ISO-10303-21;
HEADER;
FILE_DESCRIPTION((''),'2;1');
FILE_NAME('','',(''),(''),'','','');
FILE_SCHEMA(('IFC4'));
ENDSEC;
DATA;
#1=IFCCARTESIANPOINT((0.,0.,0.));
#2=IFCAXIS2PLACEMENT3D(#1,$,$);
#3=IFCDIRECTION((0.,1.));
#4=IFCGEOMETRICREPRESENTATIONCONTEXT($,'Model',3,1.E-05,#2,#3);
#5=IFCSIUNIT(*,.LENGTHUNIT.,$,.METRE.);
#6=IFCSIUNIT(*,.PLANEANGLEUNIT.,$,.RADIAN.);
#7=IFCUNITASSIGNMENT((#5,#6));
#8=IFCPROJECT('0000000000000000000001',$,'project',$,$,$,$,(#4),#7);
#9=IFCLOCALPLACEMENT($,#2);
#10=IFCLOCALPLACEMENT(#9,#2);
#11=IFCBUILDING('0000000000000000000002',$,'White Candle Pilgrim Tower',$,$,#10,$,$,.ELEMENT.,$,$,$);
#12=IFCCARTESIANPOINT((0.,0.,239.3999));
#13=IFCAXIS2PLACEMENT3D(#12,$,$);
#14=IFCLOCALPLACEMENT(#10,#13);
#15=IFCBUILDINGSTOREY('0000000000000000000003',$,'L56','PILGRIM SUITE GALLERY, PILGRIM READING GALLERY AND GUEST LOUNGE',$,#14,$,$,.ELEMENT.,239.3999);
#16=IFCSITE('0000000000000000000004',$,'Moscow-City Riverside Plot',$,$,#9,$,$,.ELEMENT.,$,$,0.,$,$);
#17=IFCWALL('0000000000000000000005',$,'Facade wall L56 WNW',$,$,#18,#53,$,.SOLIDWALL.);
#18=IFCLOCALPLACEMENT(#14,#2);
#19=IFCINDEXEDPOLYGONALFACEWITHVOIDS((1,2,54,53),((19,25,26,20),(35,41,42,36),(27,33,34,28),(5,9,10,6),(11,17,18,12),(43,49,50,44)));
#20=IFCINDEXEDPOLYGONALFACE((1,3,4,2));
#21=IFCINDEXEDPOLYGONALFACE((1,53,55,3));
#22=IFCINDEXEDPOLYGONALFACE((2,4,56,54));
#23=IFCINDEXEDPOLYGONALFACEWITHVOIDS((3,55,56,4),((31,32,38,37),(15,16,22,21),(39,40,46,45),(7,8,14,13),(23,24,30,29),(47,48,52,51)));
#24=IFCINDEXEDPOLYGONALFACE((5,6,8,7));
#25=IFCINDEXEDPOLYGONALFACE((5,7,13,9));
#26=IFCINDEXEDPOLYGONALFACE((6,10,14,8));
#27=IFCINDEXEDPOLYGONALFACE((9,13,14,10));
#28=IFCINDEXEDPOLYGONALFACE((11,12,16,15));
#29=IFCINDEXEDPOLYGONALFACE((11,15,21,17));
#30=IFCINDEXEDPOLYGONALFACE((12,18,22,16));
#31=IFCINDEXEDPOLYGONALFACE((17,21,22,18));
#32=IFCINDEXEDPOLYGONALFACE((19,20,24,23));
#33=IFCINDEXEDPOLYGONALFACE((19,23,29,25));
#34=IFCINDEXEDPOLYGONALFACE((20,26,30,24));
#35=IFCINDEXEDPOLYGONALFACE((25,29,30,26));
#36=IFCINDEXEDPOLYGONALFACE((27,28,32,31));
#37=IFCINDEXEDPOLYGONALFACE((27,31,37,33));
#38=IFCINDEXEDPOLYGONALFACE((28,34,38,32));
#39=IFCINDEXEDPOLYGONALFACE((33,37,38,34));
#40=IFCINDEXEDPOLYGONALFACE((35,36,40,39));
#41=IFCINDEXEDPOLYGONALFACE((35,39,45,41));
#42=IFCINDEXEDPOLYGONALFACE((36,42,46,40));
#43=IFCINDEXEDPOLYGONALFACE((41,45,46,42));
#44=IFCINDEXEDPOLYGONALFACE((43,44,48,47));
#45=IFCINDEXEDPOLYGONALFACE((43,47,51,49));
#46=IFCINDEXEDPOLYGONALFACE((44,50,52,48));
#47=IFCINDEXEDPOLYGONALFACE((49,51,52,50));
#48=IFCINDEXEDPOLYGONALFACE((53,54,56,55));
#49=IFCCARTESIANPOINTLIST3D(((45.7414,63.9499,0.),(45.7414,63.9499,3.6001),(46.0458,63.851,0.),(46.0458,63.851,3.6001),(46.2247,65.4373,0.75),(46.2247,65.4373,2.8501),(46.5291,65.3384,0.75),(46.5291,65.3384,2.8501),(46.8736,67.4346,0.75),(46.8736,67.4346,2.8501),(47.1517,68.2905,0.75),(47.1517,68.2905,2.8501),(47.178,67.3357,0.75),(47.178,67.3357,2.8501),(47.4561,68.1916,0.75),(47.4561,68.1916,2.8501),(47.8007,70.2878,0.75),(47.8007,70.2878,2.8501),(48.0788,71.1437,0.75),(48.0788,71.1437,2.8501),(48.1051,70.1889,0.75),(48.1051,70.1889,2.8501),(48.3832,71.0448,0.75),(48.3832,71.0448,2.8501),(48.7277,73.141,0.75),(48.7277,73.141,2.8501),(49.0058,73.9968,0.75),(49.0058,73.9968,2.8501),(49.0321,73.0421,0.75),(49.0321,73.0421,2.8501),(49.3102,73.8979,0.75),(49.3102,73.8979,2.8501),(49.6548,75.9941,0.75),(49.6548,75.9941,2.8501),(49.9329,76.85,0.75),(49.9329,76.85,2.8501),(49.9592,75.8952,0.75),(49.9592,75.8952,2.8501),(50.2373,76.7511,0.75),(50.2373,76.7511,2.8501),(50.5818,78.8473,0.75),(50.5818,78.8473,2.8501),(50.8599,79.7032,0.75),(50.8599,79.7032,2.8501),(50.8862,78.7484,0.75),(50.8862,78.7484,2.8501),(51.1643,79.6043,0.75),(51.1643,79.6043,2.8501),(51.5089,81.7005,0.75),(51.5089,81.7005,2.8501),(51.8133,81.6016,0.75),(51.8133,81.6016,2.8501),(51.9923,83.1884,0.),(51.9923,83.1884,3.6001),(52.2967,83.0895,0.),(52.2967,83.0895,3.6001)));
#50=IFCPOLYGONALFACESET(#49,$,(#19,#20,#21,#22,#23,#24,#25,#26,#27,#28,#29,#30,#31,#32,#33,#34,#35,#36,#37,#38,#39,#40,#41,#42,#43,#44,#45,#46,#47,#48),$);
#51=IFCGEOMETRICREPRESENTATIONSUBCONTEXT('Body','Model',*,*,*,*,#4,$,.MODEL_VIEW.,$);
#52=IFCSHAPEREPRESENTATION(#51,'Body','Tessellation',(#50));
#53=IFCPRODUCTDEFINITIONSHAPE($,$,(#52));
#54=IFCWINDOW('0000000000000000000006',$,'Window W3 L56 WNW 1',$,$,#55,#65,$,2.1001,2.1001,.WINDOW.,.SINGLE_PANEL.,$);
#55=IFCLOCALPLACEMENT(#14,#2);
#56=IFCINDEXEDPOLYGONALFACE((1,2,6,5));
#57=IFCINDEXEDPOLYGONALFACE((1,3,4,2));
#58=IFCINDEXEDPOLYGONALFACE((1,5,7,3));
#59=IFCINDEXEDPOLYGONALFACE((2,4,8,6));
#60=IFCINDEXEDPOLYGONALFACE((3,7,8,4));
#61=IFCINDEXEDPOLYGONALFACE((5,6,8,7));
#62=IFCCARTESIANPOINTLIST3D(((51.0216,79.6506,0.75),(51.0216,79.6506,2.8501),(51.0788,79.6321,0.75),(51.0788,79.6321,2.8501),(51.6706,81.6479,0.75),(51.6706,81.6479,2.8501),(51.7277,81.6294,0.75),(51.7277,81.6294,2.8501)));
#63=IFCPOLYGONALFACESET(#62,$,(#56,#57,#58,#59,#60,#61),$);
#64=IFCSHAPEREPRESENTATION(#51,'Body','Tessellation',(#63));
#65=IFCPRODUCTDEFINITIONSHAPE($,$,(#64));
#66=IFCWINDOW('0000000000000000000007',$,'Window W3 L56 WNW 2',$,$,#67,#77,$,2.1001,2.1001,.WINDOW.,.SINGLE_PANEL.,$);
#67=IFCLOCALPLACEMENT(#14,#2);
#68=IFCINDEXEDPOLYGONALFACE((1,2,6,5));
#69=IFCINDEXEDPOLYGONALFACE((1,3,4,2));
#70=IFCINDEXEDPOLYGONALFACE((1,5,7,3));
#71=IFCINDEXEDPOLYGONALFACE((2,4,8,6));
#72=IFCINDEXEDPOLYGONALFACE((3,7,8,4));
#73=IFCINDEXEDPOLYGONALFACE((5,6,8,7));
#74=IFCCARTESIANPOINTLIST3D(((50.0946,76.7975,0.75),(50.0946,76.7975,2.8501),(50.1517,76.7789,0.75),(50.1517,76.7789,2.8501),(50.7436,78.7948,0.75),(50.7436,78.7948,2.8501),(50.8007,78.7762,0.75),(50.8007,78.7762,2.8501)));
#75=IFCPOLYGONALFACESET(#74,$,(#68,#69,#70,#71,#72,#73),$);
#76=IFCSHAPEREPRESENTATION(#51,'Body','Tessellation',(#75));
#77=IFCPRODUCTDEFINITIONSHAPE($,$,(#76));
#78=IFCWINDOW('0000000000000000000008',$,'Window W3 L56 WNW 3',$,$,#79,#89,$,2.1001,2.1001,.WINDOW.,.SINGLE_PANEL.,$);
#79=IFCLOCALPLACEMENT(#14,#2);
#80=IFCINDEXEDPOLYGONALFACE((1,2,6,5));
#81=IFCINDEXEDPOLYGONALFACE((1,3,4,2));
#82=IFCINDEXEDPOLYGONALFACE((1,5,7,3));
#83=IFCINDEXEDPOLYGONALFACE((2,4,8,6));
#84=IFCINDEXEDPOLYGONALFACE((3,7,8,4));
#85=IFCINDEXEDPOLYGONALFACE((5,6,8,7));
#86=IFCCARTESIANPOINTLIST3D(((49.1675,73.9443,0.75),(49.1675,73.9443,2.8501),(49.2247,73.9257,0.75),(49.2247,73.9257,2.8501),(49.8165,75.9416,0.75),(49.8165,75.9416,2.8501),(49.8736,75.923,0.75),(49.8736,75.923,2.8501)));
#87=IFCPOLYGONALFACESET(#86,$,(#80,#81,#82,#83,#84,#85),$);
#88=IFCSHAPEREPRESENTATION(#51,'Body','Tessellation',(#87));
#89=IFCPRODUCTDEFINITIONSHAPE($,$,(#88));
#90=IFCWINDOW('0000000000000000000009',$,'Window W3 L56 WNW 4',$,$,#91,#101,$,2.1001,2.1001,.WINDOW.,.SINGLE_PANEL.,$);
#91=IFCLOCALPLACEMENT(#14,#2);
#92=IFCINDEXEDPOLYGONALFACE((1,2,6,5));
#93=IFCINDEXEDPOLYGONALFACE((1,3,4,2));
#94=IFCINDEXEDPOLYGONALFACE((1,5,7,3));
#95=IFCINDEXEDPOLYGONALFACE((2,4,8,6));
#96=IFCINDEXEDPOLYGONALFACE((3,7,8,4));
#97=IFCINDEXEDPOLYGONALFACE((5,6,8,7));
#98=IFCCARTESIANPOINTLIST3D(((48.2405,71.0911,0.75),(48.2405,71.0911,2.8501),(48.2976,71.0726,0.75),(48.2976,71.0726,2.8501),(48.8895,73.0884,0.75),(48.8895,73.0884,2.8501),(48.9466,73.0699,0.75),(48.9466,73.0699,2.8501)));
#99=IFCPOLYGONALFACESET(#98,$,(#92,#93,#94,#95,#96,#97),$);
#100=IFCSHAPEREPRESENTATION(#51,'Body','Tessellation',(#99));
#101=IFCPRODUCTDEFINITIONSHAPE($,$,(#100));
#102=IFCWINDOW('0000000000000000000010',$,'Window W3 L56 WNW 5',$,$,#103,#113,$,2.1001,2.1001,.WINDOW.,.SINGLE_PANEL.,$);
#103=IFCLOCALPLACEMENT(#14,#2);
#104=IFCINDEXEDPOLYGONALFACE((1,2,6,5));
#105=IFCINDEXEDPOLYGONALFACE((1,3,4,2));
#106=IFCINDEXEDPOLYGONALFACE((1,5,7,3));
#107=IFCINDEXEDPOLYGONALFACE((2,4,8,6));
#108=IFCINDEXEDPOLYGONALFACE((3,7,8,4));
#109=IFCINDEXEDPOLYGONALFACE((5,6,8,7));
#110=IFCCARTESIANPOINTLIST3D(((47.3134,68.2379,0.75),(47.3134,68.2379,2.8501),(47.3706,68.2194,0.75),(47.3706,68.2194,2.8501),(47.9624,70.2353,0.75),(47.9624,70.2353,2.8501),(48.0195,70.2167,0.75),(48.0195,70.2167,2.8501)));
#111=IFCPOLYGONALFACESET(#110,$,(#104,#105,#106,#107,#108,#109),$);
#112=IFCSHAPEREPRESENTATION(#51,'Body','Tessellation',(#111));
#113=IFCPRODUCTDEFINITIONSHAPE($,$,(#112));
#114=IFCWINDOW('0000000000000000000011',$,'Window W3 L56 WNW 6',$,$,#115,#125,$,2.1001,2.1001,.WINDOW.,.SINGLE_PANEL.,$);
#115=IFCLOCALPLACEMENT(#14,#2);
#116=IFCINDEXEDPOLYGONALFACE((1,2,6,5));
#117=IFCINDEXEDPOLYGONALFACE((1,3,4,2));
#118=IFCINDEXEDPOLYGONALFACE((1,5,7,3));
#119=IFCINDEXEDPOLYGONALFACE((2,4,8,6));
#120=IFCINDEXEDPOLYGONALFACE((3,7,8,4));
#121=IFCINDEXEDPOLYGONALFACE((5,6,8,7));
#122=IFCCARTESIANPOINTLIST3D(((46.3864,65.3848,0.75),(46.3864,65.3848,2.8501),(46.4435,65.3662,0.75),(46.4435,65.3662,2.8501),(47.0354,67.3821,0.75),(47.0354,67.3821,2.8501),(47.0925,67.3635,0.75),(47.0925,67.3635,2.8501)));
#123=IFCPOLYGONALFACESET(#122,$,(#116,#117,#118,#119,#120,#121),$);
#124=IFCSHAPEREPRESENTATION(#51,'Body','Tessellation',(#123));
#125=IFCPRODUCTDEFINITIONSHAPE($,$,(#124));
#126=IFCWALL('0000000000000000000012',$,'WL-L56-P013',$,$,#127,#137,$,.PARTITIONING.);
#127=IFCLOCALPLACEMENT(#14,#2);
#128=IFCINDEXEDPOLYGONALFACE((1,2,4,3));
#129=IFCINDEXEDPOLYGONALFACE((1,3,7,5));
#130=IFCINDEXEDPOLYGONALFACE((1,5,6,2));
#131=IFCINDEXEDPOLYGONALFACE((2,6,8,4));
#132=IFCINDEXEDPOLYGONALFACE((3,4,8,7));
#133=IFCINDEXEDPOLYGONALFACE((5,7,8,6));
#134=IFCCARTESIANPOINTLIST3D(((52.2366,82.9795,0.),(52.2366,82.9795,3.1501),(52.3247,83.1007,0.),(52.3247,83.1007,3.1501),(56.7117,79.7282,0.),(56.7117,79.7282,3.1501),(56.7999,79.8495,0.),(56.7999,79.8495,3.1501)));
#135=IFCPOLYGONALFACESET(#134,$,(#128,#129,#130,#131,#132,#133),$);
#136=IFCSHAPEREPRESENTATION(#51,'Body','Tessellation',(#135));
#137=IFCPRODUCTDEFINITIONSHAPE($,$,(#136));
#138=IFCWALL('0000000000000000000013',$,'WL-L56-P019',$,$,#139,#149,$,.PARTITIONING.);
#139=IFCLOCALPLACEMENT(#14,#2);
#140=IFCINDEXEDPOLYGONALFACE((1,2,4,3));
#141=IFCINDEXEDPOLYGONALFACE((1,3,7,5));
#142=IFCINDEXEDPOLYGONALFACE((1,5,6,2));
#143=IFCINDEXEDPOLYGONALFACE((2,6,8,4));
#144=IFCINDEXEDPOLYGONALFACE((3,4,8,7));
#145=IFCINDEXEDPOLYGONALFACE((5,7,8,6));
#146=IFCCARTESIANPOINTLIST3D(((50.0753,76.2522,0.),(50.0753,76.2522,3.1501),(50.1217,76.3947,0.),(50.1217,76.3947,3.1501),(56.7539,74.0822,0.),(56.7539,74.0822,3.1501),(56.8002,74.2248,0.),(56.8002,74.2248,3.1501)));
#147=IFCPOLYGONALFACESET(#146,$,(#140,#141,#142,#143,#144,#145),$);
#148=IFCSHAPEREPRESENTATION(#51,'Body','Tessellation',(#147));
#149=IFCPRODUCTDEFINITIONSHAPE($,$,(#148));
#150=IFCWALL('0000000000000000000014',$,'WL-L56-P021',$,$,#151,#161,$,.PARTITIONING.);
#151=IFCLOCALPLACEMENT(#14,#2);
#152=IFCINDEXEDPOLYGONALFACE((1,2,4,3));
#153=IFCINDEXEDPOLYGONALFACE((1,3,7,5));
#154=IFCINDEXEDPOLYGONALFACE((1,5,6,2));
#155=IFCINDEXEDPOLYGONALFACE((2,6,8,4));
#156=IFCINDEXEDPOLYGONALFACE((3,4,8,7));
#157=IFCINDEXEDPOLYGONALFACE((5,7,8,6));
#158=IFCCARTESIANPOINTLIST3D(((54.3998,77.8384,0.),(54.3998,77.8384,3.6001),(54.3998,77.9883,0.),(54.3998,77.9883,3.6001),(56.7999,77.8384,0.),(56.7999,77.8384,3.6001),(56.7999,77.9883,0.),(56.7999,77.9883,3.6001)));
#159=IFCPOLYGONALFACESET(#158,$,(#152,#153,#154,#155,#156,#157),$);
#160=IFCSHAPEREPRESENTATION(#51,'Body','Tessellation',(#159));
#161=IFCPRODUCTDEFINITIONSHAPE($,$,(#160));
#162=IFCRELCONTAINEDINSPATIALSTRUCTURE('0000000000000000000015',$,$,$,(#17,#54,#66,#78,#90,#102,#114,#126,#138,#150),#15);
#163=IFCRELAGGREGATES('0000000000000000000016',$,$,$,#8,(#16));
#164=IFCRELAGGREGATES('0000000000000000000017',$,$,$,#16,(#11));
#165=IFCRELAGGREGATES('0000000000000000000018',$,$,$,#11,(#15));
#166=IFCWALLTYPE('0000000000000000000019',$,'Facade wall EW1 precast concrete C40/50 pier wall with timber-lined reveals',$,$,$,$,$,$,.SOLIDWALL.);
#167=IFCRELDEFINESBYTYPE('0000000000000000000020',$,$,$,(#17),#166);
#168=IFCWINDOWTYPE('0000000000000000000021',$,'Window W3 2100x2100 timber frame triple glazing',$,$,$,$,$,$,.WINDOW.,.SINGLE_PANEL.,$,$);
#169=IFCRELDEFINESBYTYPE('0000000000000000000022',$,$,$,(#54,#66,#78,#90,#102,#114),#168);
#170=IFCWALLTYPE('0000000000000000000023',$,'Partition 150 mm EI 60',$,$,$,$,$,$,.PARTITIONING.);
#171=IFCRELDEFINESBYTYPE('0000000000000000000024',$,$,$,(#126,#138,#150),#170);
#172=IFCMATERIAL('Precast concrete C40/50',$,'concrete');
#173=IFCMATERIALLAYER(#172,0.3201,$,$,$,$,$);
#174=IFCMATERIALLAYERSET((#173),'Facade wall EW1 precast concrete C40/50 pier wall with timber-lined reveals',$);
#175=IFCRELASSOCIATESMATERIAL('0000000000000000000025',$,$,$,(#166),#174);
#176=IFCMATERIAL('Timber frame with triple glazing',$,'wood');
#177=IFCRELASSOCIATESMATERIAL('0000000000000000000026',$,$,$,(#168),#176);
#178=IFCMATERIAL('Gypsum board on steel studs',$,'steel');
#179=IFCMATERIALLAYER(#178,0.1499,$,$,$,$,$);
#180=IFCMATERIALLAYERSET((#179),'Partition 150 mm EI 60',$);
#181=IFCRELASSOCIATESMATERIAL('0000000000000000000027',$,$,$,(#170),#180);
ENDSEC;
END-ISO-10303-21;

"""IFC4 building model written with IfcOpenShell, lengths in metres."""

from ifc_helpers import new_model, si_unit, direction, frame, frame_2d, origin, place, context, subcontext, project, spatial, rectangle, extrude, material, layer, layer_set, type_object, element, fill, save


model = new_model("IFC4")

# Units and contexts
model_context = context("Model", 3, precision=1e-05, world=origin(), true_north=direction((0.0, 1.0)))
body_context = subcontext(model_context, "Body", "Model", "MODEL_VIEW")
ifc_project = project(units=[si_unit("LENGTHUNIT", "METRE"), si_unit("PLANEANGLEUNIT", "RADIAN")], contexts=[model_context])

# Site, building, storey
site_placement = place(None, origin())
site = spatial("IfcSite", under=ifc_project, at=site_placement, Name="Moscow-City Riverside Plot", CompositionType="ELEMENT", RefElevation=0.0)
building_placement = place(site_placement, origin())
building = spatial("IfcBuilding", under=site, at=building_placement, Name="White Candle Pilgrim Tower", CompositionType="ELEMENT")
storey_placement = place(building_placement, frame((0.0, 0.0, 239.3999)))
storey = spatial("IfcBuildingStorey", under=building, at=storey_placement, Name="L56", Description="PILGRIM SUITE GALLERY, PILGRIM READING GALLERY AND GUEST LOUNGE", CompositionType="ELEMENT", Elevation=239.3999)

# Shared definitions
ifc_material_1 = material(Name="Precast concrete C40/50", Category="concrete")
ifc_layer_1 = layer(ifc_material_1, 0.3201)
ifc_layer_set_1 = layer_set([ifc_layer_1], Name="Facade wall EW1 precast concrete C40/50 pier wall with timber-lined reveals")
wall_type_1 = type_object("IfcWallType", Name="Facade wall EW1 precast concrete C40/50 pier wall with timber-lined reveals", PredefinedType="SOLIDWALL", material=ifc_layer_set_1)
ifc_material_2 = material(Name="Timber frame with triple glazing", Category="wood")

# Wall, openings, windows
wall_1_placement = place(storey_placement, frame((52.1445, 83.1389, 0.0), z_axis=(0.0, 0.0, 1.0), x_axis=(-0.309017, -0.951057, 0.0)))
wall_1 = element("IfcWall", 1, at=wall_1_placement, inside=storey, type_object=wall_type_1, Name="Facade wall L56 WNW", PredefinedType="SOLIDWALL", context=body_context, shape_type="SweptSolid", body=[
    extrude(rectangle(XDim=20.2285, YDim=0.3201, at=frame_2d((10.1143, 0.0))), origin(), (0.0, 0.0, 1.0), 3.6001),
])
opening_1_placement = place(wall_1_placement, frame((1.5645, 0.0, 0.75)))
opening_1 = element("IfcOpeningElement", 2, at=opening_1_placement, cuts=wall_1, PredefinedType="OPENING", context=body_context, shape_type="SweptSolid", body=[
    extrude(rectangle(XDim=2.1001, YDim=2.1001, at=frame_2d((1.05, 1.05))), frame((0.0, 0.1699, 0.0), z_axis=(0.0, -1.0, 0.0), x_axis=(1.0, 0.0, 0.0)), (0.0, 0.0, 1.0), 0.3401),
])
opening_2_placement = place(wall_1_placement, frame((4.5645, 0.0, 0.75)))
opening_2 = element("IfcOpeningElement", 3, at=opening_2_placement, cuts=wall_1, PredefinedType="OPENING", context=body_context, shape_type="SweptSolid", body=[
    extrude(rectangle(XDim=2.1001, YDim=2.1001, at=frame_2d((1.05, 1.05))), frame((0.0, 0.1699, 0.0), z_axis=(0.0, -1.0, 0.0), x_axis=(1.0, 0.0, 0.0)), (0.0, 0.0, 1.0), 0.3401),
])
opening_3_placement = place(wall_1_placement, frame((7.5645, 0.0, 0.75)))
opening_3 = element("IfcOpeningElement", 4, at=opening_3_placement, cuts=wall_1, PredefinedType="OPENING", context=body_context, shape_type="SweptSolid", body=[
    extrude(rectangle(XDim=2.1001, YDim=2.1001, at=frame_2d((1.05, 1.05))), frame((0.0, 0.1699, 0.0), z_axis=(0.0, -1.0, 0.0), x_axis=(1.0, 0.0, 0.0)), (0.0, 0.0, 1.0), 0.3401),
])
opening_4_placement = place(wall_1_placement, frame((10.5645, 0.0, 0.75)))
opening_4 = element("IfcOpeningElement", 5, at=opening_4_placement, cuts=wall_1, PredefinedType="OPENING", context=body_context, shape_type="SweptSolid", body=[
    extrude(rectangle(XDim=2.1001, YDim=2.1001, at=frame_2d((1.05, 1.05))), frame((0.0, 0.1699, 0.0), z_axis=(0.0, -1.0, 0.0), x_axis=(1.0, 0.0, 0.0)), (0.0, 0.0, 1.0), 0.3401),
])
opening_5_placement = place(wall_1_placement, frame((13.5645, 0.0, 0.75)))
opening_5 = element("IfcOpeningElement", 6, at=opening_5_placement, cuts=wall_1, PredefinedType="OPENING", context=body_context, shape_type="SweptSolid", body=[
    extrude(rectangle(XDim=2.1001, YDim=2.1001, at=frame_2d((1.05, 1.05))), frame((0.0, 0.1699, 0.0), z_axis=(0.0, -1.0, 0.0), x_axis=(1.0, 0.0, 0.0)), (0.0, 0.0, 1.0), 0.3401),
])
opening_6_placement = place(wall_1_placement, frame((16.5645, 0.0, 0.75)))
opening_6 = element("IfcOpeningElement", 7, at=opening_6_placement, cuts=wall_1, PredefinedType="OPENING", context=body_context, shape_type="SweptSolid", body=[
    extrude(rectangle(XDim=2.1001, YDim=2.1001, at=frame_2d((1.05, 1.05))), frame((0.0, 0.1699, 0.0), z_axis=(0.0, -1.0, 0.0), x_axis=(1.0, 0.0, 0.0)), (0.0, 0.0, 1.0), 0.3401),
])
window_type_1 = type_object("IfcWindowType", Name="Window W3 2100x2100 timber frame triple glazing", PartitioningType="SINGLE_PANEL", PredefinedType="WINDOW", material=ifc_material_2)
window_1_placement = place(opening_1_placement, origin())
window_1 = element("IfcWindow", 8, at=window_1_placement, inside=storey, type_object=window_type_1, Name="Window W3 L56 WNW 1", OverallHeight=2.1001, OverallWidth=2.1001, PartitioningType="SINGLE_PANEL", PredefinedType="WINDOW", context=body_context, shape_type="SweptSolid", body=[
    extrude(rectangle(XDim=2.1001, YDim=2.1001, at=frame_2d((1.05, 1.05))), frame((0.0, 0.0701, 0.0), z_axis=(0.0, -1.0, 0.0), x_axis=(1.0, 0.0, 0.0)), (0.0, 0.0, 1.0), 0.0601),
])
fill(opening_1, window_1)
window_2_placement = place(opening_2_placement, origin())
window_2 = element("IfcWindow", 9, at=window_2_placement, inside=storey, type_object=window_type_1, Name="Window W3 L56 WNW 2", OverallHeight=2.1001, OverallWidth=2.1001, PartitioningType="SINGLE_PANEL", PredefinedType="WINDOW", context=body_context, shape_type="SweptSolid", body=[
    extrude(rectangle(XDim=2.1001, YDim=2.1001, at=frame_2d((1.05, 1.05))), frame((0.0, 0.0701, 0.0), z_axis=(0.0, -1.0, 0.0), x_axis=(1.0, 0.0, 0.0)), (0.0, 0.0, 1.0), 0.0601),
])
fill(opening_2, window_2)
window_3_placement = place(opening_3_placement, origin())
window_3 = element("IfcWindow", 10, at=window_3_placement, inside=storey, type_object=window_type_1, Name="Window W3 L56 WNW 3", OverallHeight=2.1001, OverallWidth=2.1001, PartitioningType="SINGLE_PANEL", PredefinedType="WINDOW", context=body_context, shape_type="SweptSolid", body=[
    extrude(rectangle(XDim=2.1001, YDim=2.1001, at=frame_2d((1.05, 1.05))), frame((0.0, 0.0701, 0.0), z_axis=(0.0, -1.0, 0.0), x_axis=(1.0, 0.0, 0.0)), (0.0, 0.0, 1.0), 0.0601),
])
fill(opening_3, window_3)
window_4_placement = place(opening_4_placement, origin())
window_4 = element("IfcWindow", 11, at=window_4_placement, inside=storey, type_object=window_type_1, Name="Window W3 L56 WNW 4", OverallHeight=2.1001, OverallWidth=2.1001, PartitioningType="SINGLE_PANEL", PredefinedType="WINDOW", context=body_context, shape_type="SweptSolid", body=[
    extrude(rectangle(XDim=2.1001, YDim=2.1001, at=frame_2d((1.05, 1.05))), frame((0.0, 0.0701, 0.0), z_axis=(0.0, -1.0, 0.0), x_axis=(1.0, 0.0, 0.0)), (0.0, 0.0, 1.0), 0.0601),
])
fill(opening_4, window_4)
window_5_placement = place(opening_5_placement, origin())
window_5 = element("IfcWindow", 12, at=window_5_placement, inside=storey, type_object=window_type_1, Name="Window W3 L56 WNW 5", OverallHeight=2.1001, OverallWidth=2.1001, PartitioningType="SINGLE_PANEL", PredefinedType="WINDOW", context=body_context, shape_type="SweptSolid", body=[
    extrude(rectangle(XDim=2.1001, YDim=2.1001, at=frame_2d((1.05, 1.05))), frame((0.0, 0.0701, 0.0), z_axis=(0.0, -1.0, 0.0), x_axis=(1.0, 0.0, 0.0)), (0.0, 0.0, 1.0), 0.0601),
])
fill(opening_5, window_5)
window_6_placement = place(opening_6_placement, origin())
window_6 = element("IfcWindow", 13, at=window_6_placement, inside=storey, type_object=window_type_1, Name="Window W3 L56 WNW 6", OverallHeight=2.1001, OverallWidth=2.1001, PartitioningType="SINGLE_PANEL", PredefinedType="WINDOW", context=body_context, shape_type="SweptSolid", body=[
    extrude(rectangle(XDim=2.1001, YDim=2.1001, at=frame_2d((1.05, 1.05))), frame((0.0, 0.0701, 0.0), z_axis=(0.0, -1.0, 0.0), x_axis=(1.0, 0.0, 0.0)), (0.0, 0.0, 1.0), 0.0601),
])
fill(opening_6, window_6)

# Walls
ifc_material_3 = material(Name="Gypsum board on steel studs", Category="steel")
ifc_layer_2 = layer(ifc_material_3, 0.1499)
ifc_layer_set_2 = layer_set([ifc_layer_2], Name="Partition 150 mm EI 60")
wall_type_2 = type_object("IfcWallType", Name="Partition 150 mm EI 60", PredefinedType="PARTITIONING", material=ifc_layer_set_2)
wall_2_placement = place(storey_placement, frame((52.2808, 83.04, 0.0), z_axis=(0.0, 0.0, 1.0), x_axis=(0.809028, -0.58777, 0.0)))
element("IfcWall", 14, at=wall_2_placement, inside=storey, type_object=wall_type_2, Name="WL-L56-P013", PredefinedType="PARTITIONING", context=body_context, shape_type="SweptSolid", body=[
    extrude(rectangle(XDim=5.5315, YDim=0.1499, at=frame_2d((2.7656, 0.0))), origin(), (0.0, 0.0, 1.0), 3.1501),
])
wall_3_placement = place(storey_placement, frame((50.0984, 76.3235, 0.0), z_axis=(0.0, 0.0, 1.0), x_axis=(0.951058, -0.309011, 0.0)))
element("IfcWall", 15, at=wall_3_placement, inside=storey, type_object=wall_type_2, Name="WL-L56-P019", PredefinedType="PARTITIONING", context=body_context, shape_type="SweptSolid", body=[
    extrude(rectangle(XDim=7.0222, YDim=0.1499, at=frame_2d((3.5112, 0.0))), origin(), (0.0, 0.0, 1.0), 3.1501),
])
wall_4_placement = place(storey_placement, frame((56.8, 77.9133, 0.0), z_axis=(0.0, 0.0, 1.0), x_axis=(-1.0, 0.0, 0.0)))
element("IfcWall", 16, at=wall_4_placement, inside=storey, type_object=wall_type_2, Name="WL-L56-P021", PredefinedType="PARTITIONING", context=body_context, shape_type="SweptSolid", body=[
    extrude(rectangle(XDim=2.4001, YDim=0.1499, at=frame_2d((1.2002, 0.0))), origin(), (0.0, 0.0, 1.0), 3.6001),
])

save(model, "model.ifc")
